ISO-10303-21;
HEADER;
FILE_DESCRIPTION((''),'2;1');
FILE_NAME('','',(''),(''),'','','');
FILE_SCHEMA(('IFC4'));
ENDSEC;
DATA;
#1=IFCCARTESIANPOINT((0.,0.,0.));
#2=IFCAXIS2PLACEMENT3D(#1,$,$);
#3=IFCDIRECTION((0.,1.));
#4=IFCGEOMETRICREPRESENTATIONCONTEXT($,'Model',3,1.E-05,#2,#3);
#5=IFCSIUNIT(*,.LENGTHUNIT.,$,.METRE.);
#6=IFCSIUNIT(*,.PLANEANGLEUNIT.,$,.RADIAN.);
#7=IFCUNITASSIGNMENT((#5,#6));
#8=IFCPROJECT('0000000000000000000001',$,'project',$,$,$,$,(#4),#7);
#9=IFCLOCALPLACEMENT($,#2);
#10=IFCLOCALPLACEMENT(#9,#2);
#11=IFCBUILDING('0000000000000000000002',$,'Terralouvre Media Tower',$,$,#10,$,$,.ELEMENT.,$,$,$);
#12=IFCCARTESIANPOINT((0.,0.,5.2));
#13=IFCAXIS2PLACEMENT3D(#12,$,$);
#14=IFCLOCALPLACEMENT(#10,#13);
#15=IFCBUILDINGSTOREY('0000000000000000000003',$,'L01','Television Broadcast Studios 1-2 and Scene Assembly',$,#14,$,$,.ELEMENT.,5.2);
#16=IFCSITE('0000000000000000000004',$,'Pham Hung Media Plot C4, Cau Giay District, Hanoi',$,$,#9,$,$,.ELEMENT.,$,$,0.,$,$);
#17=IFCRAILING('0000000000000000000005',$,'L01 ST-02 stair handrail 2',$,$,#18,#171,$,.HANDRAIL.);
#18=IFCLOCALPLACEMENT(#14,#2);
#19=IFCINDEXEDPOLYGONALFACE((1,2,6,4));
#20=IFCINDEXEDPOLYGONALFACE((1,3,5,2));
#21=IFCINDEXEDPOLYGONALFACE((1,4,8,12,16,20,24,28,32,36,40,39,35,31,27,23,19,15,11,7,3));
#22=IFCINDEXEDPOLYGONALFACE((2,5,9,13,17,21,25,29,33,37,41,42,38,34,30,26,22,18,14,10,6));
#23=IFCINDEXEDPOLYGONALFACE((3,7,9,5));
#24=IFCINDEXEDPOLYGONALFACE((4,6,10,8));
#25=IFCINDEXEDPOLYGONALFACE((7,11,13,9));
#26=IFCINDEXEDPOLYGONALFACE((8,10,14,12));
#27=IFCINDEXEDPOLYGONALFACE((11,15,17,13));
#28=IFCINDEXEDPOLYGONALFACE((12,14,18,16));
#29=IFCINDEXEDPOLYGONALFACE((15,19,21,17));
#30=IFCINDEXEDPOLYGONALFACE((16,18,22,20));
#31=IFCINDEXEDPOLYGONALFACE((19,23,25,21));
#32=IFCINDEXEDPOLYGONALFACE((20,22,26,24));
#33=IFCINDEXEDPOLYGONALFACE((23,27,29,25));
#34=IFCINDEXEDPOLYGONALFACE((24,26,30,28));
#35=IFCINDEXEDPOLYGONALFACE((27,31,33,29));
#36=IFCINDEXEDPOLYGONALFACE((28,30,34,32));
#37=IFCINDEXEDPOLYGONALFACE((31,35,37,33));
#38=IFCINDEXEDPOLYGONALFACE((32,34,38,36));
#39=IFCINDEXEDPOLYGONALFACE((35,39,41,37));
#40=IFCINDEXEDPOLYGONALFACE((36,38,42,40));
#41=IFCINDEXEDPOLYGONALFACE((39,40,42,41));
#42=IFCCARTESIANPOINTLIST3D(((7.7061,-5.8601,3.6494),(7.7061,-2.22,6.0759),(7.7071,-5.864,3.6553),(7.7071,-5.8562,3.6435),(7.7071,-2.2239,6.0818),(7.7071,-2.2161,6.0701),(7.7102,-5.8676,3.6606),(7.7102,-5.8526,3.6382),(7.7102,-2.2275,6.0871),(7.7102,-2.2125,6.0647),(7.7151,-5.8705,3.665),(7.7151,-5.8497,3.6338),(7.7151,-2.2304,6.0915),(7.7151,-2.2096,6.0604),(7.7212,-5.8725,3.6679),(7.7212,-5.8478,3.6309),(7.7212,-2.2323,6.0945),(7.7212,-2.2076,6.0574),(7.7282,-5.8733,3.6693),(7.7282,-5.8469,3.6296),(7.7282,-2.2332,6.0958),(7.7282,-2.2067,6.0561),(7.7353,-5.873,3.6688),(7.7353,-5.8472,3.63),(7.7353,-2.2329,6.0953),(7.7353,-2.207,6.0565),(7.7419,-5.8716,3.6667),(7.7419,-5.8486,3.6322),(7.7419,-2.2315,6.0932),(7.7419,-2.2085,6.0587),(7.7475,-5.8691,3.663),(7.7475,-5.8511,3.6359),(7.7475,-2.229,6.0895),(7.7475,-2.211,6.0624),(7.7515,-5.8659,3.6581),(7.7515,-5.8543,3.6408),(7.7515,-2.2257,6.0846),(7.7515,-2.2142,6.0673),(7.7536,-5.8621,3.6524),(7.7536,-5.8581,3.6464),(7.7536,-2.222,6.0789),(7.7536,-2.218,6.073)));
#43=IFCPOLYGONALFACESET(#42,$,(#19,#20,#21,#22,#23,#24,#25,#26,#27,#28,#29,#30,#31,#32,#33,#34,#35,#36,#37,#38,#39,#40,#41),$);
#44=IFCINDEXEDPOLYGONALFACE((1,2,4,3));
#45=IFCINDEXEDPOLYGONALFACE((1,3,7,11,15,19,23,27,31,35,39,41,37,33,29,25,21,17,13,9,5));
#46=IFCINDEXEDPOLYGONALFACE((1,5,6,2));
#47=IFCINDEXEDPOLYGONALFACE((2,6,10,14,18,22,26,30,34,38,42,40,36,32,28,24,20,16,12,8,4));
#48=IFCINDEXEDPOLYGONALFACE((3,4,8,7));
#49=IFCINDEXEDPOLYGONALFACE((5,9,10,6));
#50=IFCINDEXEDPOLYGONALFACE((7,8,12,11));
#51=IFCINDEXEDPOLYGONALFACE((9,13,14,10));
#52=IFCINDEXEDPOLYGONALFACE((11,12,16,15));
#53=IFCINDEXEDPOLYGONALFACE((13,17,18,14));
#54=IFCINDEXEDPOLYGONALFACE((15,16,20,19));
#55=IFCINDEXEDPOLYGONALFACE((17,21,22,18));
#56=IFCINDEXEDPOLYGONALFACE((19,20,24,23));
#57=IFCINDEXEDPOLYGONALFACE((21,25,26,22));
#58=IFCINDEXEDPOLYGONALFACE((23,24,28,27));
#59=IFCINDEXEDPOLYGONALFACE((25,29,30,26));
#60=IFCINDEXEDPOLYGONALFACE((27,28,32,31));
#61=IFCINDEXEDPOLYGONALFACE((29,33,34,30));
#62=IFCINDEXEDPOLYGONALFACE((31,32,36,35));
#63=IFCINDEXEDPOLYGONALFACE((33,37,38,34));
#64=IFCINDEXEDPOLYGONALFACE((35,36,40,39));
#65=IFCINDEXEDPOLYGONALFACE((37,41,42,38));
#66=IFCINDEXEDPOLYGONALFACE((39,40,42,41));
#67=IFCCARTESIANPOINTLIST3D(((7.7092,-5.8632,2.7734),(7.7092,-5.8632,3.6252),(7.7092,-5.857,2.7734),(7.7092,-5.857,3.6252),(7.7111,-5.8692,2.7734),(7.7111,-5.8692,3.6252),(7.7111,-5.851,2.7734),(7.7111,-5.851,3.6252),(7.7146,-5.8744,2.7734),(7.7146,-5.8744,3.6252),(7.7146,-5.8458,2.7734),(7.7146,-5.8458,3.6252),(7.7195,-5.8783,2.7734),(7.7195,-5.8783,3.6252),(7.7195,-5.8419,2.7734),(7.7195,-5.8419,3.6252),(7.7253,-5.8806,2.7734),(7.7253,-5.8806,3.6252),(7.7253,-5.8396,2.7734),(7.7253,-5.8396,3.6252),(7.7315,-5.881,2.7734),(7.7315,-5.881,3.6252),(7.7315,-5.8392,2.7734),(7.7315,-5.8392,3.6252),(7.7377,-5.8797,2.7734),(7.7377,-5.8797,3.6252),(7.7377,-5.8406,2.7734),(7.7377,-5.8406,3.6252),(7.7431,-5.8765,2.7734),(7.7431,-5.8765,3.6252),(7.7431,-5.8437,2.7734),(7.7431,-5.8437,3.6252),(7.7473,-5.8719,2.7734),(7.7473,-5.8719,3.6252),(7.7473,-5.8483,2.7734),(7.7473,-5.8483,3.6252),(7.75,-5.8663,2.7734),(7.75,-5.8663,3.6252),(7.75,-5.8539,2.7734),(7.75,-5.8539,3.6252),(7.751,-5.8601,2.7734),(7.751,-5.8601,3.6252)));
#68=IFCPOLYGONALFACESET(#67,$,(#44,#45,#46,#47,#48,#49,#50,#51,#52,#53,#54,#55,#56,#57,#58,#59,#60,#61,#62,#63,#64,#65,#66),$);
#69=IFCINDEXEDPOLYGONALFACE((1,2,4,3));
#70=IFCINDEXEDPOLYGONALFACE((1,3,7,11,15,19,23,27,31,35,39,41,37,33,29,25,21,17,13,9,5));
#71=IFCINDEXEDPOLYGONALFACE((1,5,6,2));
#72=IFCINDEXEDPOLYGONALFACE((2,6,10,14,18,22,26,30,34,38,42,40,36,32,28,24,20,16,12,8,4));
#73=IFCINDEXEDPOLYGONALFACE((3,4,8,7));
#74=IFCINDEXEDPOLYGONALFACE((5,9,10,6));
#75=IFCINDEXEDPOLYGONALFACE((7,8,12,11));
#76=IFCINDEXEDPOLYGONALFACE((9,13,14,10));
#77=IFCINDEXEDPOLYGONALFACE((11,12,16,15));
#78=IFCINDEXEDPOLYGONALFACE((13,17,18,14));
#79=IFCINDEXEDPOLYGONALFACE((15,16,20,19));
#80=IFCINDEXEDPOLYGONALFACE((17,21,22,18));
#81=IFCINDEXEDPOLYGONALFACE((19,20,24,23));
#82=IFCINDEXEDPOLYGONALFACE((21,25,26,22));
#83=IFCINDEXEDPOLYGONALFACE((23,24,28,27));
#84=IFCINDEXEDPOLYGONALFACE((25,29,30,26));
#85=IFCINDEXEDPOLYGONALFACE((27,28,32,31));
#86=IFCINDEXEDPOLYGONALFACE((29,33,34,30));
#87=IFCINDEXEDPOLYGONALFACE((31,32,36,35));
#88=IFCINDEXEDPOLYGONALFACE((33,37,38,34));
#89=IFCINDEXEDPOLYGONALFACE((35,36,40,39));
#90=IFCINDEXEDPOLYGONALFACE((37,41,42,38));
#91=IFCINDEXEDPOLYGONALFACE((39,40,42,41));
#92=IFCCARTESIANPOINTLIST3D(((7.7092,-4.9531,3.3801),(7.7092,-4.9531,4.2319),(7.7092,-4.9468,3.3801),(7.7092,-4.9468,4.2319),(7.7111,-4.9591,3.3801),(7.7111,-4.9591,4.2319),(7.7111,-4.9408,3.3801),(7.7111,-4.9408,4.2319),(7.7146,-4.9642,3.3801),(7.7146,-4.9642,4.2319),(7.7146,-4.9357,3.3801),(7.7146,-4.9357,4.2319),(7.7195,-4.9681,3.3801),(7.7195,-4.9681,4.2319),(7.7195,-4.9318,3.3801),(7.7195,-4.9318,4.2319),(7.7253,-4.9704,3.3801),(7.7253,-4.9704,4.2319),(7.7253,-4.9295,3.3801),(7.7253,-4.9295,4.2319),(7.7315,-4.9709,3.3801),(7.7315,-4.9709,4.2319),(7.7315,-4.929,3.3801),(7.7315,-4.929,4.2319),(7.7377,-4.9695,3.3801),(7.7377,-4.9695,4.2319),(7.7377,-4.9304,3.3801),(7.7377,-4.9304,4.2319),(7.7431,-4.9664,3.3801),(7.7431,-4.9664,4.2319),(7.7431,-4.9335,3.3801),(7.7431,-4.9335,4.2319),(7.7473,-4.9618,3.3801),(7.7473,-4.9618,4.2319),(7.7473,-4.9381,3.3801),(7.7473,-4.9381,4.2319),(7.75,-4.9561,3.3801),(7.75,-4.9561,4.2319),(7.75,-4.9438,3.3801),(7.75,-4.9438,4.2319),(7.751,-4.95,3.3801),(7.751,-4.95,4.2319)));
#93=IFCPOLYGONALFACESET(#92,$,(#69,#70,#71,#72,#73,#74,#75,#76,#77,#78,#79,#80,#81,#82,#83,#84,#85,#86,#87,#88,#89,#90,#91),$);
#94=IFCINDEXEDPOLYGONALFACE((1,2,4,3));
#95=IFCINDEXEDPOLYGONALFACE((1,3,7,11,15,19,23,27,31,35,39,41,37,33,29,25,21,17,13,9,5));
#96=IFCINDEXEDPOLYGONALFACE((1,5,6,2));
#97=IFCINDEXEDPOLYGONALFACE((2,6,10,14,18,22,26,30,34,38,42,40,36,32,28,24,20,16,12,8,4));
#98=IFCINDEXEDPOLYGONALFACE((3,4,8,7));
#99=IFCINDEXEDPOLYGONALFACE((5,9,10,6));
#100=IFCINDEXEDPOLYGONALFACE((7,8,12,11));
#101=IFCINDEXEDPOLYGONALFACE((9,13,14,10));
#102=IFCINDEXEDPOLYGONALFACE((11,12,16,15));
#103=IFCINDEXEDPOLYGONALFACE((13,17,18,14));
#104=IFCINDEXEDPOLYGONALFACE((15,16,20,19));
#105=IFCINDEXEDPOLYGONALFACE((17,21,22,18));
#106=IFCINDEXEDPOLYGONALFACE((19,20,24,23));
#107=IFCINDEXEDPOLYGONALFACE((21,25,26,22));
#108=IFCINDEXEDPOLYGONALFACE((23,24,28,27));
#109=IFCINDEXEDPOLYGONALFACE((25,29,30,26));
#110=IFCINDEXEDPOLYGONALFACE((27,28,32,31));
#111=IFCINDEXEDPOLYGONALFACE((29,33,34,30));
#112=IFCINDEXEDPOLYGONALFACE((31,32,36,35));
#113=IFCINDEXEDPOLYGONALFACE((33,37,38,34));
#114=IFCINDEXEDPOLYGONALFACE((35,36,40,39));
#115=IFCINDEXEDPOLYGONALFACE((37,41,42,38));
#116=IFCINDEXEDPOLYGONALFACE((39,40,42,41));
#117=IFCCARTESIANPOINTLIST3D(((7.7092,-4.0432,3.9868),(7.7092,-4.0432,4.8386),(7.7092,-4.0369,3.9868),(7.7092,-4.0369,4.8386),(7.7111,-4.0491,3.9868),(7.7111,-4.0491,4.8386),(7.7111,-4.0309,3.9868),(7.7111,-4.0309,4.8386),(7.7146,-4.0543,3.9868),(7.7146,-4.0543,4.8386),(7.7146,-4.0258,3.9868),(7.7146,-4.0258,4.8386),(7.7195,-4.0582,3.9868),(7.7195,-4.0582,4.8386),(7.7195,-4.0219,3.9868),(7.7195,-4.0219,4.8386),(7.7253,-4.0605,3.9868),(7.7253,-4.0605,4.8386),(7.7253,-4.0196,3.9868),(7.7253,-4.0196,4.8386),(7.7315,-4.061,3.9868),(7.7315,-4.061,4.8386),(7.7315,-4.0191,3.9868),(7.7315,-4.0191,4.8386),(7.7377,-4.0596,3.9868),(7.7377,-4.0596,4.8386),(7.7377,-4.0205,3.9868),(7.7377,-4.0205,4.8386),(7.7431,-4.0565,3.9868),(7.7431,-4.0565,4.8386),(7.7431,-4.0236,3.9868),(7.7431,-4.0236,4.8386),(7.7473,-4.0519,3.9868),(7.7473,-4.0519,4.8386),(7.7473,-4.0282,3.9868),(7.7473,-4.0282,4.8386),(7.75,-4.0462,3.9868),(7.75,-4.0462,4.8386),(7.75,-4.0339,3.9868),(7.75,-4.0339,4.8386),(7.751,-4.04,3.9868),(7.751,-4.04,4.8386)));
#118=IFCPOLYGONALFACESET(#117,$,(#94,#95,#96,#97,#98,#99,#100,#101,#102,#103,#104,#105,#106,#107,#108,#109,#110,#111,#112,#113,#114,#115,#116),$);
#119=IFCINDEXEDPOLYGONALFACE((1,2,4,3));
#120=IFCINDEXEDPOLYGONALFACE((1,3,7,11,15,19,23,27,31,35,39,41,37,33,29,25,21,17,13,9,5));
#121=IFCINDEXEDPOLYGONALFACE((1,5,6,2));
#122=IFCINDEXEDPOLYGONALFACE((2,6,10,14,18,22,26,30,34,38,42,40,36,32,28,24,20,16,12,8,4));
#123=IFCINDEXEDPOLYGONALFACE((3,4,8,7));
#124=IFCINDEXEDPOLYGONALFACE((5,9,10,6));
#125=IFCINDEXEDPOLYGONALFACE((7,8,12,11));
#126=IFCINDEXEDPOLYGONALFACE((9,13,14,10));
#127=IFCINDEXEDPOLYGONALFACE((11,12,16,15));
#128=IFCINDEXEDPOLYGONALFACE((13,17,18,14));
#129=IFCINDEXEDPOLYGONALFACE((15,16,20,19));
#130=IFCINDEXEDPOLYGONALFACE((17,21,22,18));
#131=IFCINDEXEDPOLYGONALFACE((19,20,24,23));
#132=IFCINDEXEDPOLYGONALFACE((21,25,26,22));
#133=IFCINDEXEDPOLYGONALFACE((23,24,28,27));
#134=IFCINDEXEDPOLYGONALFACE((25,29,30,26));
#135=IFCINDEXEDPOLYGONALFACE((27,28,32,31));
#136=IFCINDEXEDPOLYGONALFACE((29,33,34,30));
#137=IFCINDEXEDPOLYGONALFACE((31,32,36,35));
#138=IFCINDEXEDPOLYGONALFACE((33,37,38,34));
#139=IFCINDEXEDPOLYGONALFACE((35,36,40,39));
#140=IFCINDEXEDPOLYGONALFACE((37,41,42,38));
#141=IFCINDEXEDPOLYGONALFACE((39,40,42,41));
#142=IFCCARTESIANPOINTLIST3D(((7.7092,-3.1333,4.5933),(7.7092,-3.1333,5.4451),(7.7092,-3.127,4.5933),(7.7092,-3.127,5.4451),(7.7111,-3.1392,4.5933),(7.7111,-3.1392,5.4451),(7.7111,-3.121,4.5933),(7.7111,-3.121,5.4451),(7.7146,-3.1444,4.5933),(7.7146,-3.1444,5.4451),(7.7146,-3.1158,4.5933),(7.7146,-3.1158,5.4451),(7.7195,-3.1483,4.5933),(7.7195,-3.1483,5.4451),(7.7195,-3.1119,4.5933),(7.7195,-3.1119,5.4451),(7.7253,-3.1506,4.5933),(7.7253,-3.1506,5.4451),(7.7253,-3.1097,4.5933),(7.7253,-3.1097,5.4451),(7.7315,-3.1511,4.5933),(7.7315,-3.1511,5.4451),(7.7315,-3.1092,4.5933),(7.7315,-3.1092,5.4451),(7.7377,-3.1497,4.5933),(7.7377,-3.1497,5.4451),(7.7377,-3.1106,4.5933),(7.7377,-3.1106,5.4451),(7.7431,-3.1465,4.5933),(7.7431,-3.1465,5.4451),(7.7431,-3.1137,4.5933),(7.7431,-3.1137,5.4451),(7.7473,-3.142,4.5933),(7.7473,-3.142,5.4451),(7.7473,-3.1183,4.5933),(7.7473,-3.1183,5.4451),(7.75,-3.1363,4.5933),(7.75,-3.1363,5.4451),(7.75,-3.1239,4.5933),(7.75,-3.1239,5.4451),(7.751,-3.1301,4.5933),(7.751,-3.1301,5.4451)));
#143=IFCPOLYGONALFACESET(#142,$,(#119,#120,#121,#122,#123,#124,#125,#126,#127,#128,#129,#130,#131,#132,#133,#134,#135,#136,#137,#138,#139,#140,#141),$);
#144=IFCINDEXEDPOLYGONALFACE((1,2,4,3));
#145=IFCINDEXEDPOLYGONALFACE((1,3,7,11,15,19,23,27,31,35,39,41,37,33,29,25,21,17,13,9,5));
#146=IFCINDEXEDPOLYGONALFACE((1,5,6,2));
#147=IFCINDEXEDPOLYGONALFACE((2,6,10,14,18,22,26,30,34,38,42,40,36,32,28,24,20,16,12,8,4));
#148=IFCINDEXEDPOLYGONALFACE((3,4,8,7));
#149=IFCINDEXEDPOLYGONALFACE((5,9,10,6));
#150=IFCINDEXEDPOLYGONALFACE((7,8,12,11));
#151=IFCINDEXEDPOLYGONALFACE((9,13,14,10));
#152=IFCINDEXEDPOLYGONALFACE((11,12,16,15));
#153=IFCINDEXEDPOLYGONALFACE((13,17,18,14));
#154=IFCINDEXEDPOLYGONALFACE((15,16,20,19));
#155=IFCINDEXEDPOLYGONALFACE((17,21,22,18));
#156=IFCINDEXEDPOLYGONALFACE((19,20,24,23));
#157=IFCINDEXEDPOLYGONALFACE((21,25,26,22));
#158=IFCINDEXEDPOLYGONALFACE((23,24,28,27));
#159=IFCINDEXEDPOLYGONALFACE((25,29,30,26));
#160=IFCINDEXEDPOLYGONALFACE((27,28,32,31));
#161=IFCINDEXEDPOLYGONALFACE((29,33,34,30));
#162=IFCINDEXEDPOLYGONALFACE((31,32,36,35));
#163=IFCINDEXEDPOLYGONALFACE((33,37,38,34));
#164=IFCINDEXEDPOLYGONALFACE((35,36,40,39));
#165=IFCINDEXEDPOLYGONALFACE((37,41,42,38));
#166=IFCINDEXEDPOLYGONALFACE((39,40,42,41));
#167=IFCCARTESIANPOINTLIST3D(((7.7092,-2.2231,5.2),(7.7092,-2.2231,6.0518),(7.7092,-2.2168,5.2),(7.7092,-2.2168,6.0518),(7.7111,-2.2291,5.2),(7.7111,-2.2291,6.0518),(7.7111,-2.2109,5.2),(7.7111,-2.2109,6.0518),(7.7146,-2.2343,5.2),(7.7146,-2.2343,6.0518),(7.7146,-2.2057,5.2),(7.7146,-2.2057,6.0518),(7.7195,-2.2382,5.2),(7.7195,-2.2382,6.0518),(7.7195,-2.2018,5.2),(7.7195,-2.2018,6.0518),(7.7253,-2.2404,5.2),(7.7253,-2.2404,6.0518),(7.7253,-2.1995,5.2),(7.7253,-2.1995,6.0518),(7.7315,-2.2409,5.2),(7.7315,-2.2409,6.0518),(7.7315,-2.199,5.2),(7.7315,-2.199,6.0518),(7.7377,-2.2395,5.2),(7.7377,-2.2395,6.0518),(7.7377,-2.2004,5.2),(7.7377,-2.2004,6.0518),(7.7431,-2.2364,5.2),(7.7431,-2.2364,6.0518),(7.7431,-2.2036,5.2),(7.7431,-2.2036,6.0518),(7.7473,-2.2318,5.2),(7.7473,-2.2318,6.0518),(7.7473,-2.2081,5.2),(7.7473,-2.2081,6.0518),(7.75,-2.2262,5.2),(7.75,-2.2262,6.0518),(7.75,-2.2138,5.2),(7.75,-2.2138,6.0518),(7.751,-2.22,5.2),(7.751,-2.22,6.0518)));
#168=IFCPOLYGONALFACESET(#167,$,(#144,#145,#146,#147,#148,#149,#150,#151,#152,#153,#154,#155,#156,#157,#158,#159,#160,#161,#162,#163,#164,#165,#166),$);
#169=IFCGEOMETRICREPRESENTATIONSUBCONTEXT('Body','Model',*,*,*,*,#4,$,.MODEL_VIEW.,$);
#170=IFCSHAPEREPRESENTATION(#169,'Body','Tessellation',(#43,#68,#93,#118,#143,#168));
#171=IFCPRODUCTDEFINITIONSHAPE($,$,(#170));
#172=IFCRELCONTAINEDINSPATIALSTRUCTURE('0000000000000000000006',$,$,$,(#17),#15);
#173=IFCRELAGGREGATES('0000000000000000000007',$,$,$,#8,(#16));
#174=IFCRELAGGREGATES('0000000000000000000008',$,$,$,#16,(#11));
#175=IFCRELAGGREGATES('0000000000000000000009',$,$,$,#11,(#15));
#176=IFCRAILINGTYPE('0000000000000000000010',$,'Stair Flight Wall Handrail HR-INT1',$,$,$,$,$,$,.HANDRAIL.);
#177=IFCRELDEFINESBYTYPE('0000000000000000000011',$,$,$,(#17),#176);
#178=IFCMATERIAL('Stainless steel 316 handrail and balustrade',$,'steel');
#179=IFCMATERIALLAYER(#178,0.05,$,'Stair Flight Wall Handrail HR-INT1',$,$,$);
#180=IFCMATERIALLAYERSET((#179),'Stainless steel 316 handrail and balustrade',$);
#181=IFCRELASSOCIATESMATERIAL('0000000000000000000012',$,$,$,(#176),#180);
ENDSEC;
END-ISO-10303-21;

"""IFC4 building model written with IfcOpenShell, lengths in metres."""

from ifc_helpers import new_model, si_unit, direction, frame, origin, origin_2d, place, context, subcontext, project, spatial, circle, extrude, material, layer, layer_set, type_object, element, save


model = new_model("IFC4")

# Units and contexts
model_context = context("Model", 3, precision=1e-05, world=origin(), true_north=direction((0.0, 1.0)))
body_context = subcontext(model_context, "Body", "Model", "MODEL_VIEW")
ifc_project = project(units=[si_unit("LENGTHUNIT", "METRE"), si_unit("PLANEANGLEUNIT", "RADIAN")], contexts=[model_context])

# Site, building, storey
site_placement = place(None, origin())
site = spatial("IfcSite", under=ifc_project, at=site_placement, Name="Pham Hung Media Plot C4, Cau Giay District, Hanoi", CompositionType="ELEMENT", RefElevation=0.0)
building_placement = place(site_placement, origin())
building = spatial("IfcBuilding", under=site, at=building_placement, Name="Terralouvre Media Tower", CompositionType="ELEMENT")
storey_placement = place(building_placement, frame((0.0, 0.0, 5.2)))
storey = spatial("IfcBuildingStorey", under=building, at=storey_placement, Name="L01", Description="Television Broadcast Studios 1-2 and Scene Assembly", CompositionType="ELEMENT", Elevation=5.2)

# Railing
ifc_material_1 = material(Name="Stainless steel 316 handrail and balustrade", Category="steel")
ifc_layer_1 = layer(ifc_material_1, 0.05, Name="Stair Flight Wall Handrail HR-INT1")
ifc_layer_set_1 = layer_set([ifc_layer_1], Name="Stainless steel 316 handrail and balustrade")
railing_type_1 = type_object("IfcRailingType", Name="Stair Flight Wall Handrail HR-INT1", PredefinedType="HANDRAIL", material=ifc_layer_set_1)
railing_1_placement = place(storey_placement, frame((7.73, -5.8601, 2.7734)))
element("IfcRailing", 1, at=railing_1_placement, inside=storey, type_object=railing_type_1, Name="L01 ST-02 stair handrail 2", PredefinedType="HANDRAIL", context=body_context, shape_type="SweptSolid", body=[
    extrude(circle(Radius=0.0239, at=origin_2d()), frame((0.0, 0.0, 0.876), z_axis=(0.0, 0.832076, 0.554662), x_axis=(-1.0, 0.0, 0.0)), (0.0, 0.0, 1.0), 4.3748),
    extrude(circle(Radius=0.021, at=origin_2d()), origin(), (0.0, 0.0, 1.0), 0.8518),
    extrude(circle(Radius=0.021, at=origin_2d()), frame((0.0, 0.9102, 0.6067)), (0.0, 0.0, 1.0), 0.8518),
    extrude(circle(Radius=0.021, at=origin_2d()), frame((0.0, 1.8201, 1.2134)), (0.0, 0.0, 1.0), 0.8518),
    extrude(circle(Radius=0.021, at=origin_2d()), frame((0.0, 2.73, 1.8198)), (0.0, 0.0, 1.0), 0.8518),
    extrude(circle(Radius=0.021, at=origin_2d()), frame((0.0, 3.6401, 2.4265)), (0.0, 0.0, 1.0), 0.8518),
])

save(model, "model.ifc")
